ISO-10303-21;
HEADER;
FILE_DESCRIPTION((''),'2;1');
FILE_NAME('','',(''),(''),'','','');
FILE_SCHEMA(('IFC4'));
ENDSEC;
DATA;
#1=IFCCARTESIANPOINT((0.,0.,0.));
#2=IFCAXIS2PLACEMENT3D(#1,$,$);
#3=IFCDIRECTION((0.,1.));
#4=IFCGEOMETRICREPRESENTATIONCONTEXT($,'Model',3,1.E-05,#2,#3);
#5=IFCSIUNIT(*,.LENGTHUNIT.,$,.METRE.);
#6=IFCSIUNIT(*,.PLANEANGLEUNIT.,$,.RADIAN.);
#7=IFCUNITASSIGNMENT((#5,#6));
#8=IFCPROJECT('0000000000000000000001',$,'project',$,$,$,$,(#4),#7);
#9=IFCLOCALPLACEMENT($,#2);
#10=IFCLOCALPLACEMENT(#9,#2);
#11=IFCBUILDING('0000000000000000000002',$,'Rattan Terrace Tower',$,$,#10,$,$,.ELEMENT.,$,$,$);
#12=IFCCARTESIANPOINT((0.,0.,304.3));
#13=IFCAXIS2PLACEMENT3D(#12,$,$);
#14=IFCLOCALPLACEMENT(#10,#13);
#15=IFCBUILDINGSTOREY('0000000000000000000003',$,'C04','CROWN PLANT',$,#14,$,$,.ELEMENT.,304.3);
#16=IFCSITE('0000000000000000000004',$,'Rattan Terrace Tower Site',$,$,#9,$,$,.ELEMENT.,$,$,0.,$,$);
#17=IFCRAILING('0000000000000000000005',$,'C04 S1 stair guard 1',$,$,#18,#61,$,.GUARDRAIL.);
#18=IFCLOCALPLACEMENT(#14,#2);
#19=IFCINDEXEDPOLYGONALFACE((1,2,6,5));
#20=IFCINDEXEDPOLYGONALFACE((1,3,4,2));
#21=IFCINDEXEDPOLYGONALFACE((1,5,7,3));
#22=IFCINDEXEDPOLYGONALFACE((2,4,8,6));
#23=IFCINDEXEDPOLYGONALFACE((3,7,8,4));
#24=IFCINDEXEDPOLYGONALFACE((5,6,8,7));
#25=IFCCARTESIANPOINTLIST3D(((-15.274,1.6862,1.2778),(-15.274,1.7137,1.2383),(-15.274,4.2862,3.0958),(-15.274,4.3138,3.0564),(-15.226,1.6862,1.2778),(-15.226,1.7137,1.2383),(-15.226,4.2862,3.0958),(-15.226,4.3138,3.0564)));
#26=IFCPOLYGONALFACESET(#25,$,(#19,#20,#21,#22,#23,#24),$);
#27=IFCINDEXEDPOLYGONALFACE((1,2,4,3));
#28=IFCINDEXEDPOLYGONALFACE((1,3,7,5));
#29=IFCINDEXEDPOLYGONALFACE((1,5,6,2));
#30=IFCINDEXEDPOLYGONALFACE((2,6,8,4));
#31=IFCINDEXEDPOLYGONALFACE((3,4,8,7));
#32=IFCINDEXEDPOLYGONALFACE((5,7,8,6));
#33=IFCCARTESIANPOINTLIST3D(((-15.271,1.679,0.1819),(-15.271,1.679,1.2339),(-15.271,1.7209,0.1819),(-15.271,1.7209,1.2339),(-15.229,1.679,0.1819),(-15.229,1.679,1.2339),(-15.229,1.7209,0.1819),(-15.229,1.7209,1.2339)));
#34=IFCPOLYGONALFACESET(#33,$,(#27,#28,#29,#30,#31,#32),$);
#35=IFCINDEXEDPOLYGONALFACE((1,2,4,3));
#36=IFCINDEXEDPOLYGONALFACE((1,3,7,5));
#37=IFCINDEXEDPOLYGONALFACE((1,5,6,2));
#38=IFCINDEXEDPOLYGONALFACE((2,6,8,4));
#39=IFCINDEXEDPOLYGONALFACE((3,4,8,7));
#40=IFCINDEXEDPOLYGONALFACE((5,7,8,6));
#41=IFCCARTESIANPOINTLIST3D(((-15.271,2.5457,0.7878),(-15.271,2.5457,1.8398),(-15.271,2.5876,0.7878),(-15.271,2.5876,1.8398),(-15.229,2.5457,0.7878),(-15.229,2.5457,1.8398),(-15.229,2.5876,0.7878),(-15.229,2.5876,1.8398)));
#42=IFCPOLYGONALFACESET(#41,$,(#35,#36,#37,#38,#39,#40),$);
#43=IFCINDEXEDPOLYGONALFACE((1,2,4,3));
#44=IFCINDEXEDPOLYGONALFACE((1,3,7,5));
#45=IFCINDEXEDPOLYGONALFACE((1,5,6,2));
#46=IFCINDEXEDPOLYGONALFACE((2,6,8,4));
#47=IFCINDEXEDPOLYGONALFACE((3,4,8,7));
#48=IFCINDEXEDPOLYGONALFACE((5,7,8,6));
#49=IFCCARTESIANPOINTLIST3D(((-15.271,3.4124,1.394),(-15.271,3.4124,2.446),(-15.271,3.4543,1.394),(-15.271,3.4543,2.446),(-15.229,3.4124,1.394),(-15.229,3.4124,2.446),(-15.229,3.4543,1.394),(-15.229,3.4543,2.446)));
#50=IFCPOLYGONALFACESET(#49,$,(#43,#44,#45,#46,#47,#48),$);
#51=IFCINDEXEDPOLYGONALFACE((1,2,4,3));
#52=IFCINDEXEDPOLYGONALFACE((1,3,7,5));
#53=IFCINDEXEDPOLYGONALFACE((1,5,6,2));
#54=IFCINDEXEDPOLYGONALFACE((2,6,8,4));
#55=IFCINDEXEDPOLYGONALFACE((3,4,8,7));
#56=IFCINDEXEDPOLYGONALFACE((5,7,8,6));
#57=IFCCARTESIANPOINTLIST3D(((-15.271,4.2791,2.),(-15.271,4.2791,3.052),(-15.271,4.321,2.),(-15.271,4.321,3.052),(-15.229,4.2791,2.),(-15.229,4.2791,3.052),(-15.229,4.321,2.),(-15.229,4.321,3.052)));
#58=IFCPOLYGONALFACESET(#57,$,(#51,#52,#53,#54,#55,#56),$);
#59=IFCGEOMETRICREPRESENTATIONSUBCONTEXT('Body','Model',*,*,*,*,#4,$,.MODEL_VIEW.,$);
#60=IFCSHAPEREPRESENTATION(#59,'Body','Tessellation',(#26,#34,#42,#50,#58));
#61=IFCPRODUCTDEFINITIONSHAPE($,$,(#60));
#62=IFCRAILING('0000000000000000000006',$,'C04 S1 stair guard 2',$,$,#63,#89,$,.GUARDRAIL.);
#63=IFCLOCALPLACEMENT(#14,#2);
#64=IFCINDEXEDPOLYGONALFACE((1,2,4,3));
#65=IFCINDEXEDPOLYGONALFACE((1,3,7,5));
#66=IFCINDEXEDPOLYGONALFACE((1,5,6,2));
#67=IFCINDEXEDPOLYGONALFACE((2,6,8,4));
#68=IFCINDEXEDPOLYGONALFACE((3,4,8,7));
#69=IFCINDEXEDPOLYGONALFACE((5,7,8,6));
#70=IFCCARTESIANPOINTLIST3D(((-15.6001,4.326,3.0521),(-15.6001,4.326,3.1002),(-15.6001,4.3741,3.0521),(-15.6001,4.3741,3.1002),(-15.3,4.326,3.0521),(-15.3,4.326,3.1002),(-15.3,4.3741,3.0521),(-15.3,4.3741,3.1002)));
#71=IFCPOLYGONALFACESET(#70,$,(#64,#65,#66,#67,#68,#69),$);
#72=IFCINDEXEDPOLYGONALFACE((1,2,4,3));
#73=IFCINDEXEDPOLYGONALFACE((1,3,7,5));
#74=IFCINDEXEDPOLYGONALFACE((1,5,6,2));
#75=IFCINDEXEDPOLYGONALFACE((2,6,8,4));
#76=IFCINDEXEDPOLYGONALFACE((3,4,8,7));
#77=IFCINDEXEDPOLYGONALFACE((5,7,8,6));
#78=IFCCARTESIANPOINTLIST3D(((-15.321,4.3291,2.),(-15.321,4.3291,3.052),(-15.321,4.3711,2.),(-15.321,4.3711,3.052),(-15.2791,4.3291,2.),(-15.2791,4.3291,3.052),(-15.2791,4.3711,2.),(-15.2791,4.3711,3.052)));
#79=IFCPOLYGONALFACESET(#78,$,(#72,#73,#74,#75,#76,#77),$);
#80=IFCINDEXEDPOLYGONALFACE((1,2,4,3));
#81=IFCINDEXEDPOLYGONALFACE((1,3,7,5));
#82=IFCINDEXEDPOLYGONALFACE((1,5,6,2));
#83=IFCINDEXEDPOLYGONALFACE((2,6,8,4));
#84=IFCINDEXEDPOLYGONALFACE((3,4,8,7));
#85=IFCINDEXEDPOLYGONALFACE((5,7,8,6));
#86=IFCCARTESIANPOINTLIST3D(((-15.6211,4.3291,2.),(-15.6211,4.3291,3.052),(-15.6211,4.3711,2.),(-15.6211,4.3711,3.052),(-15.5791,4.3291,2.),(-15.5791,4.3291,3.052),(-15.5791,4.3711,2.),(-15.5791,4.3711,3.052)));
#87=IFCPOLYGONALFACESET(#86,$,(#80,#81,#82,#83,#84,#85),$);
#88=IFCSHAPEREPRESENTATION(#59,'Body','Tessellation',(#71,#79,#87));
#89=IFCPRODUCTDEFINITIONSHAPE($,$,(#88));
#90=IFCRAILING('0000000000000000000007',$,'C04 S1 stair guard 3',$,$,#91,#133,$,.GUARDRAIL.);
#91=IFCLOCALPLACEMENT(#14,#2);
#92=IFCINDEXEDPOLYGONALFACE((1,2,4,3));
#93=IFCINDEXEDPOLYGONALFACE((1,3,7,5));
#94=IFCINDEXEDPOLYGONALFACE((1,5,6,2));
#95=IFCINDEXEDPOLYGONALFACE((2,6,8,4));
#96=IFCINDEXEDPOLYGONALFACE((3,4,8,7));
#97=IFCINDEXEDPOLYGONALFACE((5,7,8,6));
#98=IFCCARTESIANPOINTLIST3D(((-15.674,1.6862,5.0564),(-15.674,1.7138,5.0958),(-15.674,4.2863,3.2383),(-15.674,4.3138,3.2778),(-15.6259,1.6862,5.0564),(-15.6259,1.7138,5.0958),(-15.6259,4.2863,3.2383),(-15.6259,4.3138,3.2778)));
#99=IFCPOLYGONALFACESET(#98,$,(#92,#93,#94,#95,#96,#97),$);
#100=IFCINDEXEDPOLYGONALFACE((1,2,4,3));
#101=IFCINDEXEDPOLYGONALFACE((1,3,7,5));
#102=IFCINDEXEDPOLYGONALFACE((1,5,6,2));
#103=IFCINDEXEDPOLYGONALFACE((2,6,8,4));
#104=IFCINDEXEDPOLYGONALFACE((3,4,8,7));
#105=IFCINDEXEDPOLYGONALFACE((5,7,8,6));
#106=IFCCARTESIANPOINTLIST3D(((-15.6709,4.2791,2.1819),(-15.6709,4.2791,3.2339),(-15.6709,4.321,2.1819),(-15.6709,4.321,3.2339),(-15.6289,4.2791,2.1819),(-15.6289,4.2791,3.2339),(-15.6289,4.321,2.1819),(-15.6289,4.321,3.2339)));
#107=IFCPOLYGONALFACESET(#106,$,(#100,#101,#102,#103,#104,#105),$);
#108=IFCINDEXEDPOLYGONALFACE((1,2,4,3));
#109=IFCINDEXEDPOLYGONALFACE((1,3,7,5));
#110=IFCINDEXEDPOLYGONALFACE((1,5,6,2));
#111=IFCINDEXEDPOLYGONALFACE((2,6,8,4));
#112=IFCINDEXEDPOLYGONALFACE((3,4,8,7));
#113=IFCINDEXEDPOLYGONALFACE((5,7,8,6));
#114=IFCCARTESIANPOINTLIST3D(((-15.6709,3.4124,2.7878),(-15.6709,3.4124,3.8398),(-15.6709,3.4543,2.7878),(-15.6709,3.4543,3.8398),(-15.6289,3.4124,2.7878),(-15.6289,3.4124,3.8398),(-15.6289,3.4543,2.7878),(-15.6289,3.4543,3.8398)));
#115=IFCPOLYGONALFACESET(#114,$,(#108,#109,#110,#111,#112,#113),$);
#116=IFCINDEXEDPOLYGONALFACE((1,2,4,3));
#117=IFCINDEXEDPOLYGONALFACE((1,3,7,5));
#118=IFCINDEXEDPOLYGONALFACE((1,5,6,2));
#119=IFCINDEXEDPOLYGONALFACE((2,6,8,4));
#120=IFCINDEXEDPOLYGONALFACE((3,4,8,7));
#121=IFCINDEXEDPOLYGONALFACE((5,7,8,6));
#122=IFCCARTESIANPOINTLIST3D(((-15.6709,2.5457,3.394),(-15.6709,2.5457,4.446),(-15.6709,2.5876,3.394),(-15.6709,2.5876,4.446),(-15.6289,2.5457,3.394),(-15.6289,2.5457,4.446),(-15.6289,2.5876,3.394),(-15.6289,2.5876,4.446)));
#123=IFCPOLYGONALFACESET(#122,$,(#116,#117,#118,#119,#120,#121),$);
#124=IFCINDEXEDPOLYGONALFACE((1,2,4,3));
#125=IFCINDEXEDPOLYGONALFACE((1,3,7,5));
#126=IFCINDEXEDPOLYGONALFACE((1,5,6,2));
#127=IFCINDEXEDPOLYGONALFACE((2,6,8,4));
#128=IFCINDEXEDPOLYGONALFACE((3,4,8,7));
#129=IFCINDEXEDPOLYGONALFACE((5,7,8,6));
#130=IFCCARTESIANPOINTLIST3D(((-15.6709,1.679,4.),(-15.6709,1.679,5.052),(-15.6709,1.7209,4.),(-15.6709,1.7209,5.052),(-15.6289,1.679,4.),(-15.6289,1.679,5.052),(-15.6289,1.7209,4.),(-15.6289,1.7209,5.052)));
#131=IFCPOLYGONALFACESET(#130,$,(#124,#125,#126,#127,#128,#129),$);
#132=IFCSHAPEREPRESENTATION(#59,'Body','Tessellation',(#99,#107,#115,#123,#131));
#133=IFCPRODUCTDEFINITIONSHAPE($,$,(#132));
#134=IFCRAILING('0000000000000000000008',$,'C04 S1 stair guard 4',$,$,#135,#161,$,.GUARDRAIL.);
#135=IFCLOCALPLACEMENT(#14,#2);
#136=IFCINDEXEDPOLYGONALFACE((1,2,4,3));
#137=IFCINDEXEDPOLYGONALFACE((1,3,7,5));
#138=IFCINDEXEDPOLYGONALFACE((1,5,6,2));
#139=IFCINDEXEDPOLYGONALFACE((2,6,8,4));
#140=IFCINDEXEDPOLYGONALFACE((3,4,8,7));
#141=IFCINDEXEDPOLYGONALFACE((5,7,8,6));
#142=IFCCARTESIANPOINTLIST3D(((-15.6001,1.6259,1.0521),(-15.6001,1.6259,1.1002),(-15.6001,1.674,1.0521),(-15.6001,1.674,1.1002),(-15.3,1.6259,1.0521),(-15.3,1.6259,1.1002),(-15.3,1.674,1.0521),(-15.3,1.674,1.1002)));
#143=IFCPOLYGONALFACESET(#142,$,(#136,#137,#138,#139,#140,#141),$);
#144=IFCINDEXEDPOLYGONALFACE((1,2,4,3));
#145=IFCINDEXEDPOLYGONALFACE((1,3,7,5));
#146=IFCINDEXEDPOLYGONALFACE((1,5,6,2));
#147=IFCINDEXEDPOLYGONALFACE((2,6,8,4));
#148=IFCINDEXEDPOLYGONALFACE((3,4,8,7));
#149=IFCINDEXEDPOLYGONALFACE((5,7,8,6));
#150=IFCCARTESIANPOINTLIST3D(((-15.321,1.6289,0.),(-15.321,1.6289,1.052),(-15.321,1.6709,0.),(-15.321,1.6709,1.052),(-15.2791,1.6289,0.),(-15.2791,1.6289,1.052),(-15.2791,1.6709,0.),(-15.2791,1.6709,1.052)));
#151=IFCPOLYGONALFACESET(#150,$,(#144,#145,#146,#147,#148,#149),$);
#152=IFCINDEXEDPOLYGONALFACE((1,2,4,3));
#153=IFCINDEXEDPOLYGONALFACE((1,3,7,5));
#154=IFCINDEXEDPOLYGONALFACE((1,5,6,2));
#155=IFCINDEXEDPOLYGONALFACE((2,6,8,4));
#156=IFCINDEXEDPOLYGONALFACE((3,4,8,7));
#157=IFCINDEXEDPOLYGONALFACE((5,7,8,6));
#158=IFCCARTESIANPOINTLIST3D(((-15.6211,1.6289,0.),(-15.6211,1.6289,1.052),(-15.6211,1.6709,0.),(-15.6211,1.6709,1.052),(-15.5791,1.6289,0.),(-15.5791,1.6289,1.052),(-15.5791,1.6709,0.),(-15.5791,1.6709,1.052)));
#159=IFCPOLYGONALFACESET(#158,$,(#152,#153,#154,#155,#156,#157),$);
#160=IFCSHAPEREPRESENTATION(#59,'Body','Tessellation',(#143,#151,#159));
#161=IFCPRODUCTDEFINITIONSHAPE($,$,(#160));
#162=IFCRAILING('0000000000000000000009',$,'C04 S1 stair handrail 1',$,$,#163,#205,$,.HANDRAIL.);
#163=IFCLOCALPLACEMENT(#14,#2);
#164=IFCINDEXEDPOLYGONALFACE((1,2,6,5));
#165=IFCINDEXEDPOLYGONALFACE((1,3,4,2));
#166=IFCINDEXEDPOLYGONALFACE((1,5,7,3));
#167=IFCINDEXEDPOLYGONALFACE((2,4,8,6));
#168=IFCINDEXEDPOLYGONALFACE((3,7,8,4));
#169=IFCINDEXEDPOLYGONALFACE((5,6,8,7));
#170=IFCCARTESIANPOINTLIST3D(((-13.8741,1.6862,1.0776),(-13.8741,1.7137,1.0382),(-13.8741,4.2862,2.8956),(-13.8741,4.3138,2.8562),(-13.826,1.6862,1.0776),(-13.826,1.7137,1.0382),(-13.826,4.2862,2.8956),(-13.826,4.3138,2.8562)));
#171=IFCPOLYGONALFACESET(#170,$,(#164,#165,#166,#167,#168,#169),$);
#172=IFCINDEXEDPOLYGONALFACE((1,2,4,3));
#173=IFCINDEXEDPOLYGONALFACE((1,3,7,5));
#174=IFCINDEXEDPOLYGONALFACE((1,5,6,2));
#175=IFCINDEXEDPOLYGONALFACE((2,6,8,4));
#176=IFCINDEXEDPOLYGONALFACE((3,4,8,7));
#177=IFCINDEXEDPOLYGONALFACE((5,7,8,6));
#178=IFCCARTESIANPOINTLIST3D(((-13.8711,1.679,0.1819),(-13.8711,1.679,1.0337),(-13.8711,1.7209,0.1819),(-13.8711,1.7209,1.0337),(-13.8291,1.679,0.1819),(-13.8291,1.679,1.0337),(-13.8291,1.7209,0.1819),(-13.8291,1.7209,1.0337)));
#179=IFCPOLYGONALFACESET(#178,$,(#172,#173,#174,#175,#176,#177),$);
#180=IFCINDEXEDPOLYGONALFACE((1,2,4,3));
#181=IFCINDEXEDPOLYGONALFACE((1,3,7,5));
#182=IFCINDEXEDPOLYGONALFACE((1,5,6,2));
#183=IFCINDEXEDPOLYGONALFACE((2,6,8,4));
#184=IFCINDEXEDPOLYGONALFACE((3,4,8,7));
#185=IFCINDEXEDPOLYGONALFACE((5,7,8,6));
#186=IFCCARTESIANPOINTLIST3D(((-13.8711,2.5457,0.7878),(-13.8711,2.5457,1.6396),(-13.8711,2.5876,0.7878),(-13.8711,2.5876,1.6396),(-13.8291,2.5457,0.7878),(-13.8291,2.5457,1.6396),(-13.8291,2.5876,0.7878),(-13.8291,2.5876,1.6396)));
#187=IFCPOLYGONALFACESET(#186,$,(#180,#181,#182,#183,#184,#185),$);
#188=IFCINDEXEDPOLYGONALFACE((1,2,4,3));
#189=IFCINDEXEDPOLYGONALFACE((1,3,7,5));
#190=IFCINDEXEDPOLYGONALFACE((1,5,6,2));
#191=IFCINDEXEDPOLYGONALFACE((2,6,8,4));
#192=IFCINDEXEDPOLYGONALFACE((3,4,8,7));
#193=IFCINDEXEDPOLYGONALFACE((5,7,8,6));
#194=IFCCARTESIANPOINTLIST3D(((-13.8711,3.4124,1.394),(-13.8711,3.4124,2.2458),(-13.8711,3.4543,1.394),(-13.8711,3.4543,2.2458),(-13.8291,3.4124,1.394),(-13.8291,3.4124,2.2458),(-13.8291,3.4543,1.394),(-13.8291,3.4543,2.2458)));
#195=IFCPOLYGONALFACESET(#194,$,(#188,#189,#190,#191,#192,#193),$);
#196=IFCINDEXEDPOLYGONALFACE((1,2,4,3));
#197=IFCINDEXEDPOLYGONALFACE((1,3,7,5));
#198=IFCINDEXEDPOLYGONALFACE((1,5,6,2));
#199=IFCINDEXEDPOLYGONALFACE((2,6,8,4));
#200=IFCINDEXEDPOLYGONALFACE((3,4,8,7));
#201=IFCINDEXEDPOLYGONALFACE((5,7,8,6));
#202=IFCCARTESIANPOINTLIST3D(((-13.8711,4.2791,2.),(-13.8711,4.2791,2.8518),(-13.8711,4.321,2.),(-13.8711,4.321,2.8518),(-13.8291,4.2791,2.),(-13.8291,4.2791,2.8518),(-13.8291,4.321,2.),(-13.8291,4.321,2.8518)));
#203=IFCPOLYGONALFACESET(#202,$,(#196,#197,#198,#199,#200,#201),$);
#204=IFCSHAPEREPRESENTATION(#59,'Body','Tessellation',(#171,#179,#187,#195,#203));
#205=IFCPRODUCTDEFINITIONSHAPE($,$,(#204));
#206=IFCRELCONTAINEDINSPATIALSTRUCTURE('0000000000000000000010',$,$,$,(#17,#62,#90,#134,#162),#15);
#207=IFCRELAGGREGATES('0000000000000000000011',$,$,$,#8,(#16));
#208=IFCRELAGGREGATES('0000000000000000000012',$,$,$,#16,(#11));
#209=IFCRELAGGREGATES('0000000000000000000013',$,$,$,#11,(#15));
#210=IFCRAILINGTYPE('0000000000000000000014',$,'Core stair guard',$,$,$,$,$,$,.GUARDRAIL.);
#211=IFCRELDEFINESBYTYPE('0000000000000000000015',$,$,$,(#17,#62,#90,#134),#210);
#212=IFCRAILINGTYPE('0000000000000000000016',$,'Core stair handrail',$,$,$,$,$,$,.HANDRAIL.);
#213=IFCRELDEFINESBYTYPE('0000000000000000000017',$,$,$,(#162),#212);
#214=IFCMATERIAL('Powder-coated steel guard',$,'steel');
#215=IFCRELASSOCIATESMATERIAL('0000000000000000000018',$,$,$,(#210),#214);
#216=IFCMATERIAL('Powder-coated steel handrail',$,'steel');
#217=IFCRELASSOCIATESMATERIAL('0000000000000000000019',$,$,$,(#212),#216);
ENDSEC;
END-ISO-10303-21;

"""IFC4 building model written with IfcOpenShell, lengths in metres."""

from ifc_helpers import new_model, si_unit, direction, frame, origin, origin_2d, place, context, subcontext, project, spatial, rectangle, extrude, material, type_object, element, save


model = new_model("IFC4")

# Units and contexts
model_context = context("Model", 3, precision=1e-05, world=origin(), true_north=direction((0.0, 1.0)))
body_context = subcontext(model_context, "Body", "Model", "MODEL_VIEW")
ifc_project = project(units=[si_unit("LENGTHUNIT", "METRE"), si_unit("PLANEANGLEUNIT", "RADIAN")], contexts=[model_context])

# Site, building, storey
site_placement = place(None, origin())
site = spatial("IfcSite", under=ifc_project, at=site_placement, Name="Rattan Terrace Tower Site", CompositionType="ELEMENT", RefElevation=0.0)
building_placement = place(site_placement, origin())
building = spatial("IfcBuilding", under=site, at=building_placement, Name="Rattan Terrace Tower", CompositionType="ELEMENT")
storey_placement = place(building_placement, frame((0.0, 0.0, 304.3)))
storey = spatial("IfcBuildingStorey", under=building, at=storey_placement, Name="C04", Description="CROWN PLANT", CompositionType="ELEMENT", Elevation=304.3)

# Railings
ifc_material_1 = material(Name="Powder-coated steel guard", Category="steel")
railing_type_1 = type_object("IfcRailingType", Name="Core stair guard", PredefinedType="GUARDRAIL", material=ifc_material_1)
railing_1_placement = place(storey_placement, frame((-15.25, 1.7, 0.1819)))
element("IfcRailing", 1, at=railing_1_placement, inside=storey, type_object=railing_type_1, Name="C04 S1 stair guard 1", PredefinedType="GUARDRAIL", context=body_context, shape_type="SweptSolid", body=[
    extrude(rectangle(XDim=0.0481, YDim=0.0481, at=origin_2d()), frame((0.0, 0.0, 1.0762), z_axis=(0.0, 0.819521, 0.573049), x_axis=(-1.0, 0.0, 0.0)), (0.0, 0.0, 1.0), 3.1726),
    extrude(rectangle(XDim=0.042, YDim=0.042, at=origin_2d()), origin(), (0.0, 0.0, 1.0), 1.052),
    extrude(rectangle(XDim=0.042, YDim=0.042, at=origin_2d()), frame((0.0, 0.8667, 0.606)), (0.0, 0.0, 1.0), 1.052),
    extrude(rectangle(XDim=0.042, YDim=0.042, at=origin_2d()), frame((0.0, 1.7334, 1.2122)), (0.0, 0.0, 1.0), 1.052),
    extrude(rectangle(XDim=0.042, YDim=0.042, at=origin_2d()), frame((0.0, 2.6001, 1.8181)), (0.0, 0.0, 1.0), 1.052),
])
railing_2_placement = place(storey_placement, frame((-15.3, 4.3501, 2.0)))
element("IfcRailing", 2, at=railing_2_placement, inside=storey, type_object=railing_type_1, Name="C04 S1 stair guard 2", PredefinedType="GUARDRAIL", context=body_context, shape_type="SweptSolid", body=[
    extrude(rectangle(XDim=0.0481, YDim=0.0481, at=origin_2d()), frame((0.0, 0.0, 1.0762), z_axis=(-1.0, 0.0, 0.0), x_axis=(0.0, -1.0, 0.0)), (0.0, 0.0, 1.0), 0.3),
    extrude(rectangle(XDim=0.042, YDim=0.042, at=origin_2d()), origin(), (0.0, 0.0, 1.0), 1.052),
    extrude(rectangle(XDim=0.042, YDim=0.042, at=origin_2d()), frame((-0.3, 0.0, 0.0)), (0.0, 0.0, 1.0), 1.052),
])
railing_3_placement = place(storey_placement, frame((-15.6499, 4.3, 2.1819)))
element("IfcRailing", 3, at=railing_3_placement, inside=storey, type_object=railing_type_1, Name="C04 S1 stair guard 3", PredefinedType="GUARDRAIL", context=body_context, shape_type="SweptSolid", body=[
    extrude(rectangle(XDim=0.0481, YDim=0.0481, at=origin_2d()), frame((0.0, 0.0, 1.0762), z_axis=(0.0, -0.819521, 0.573049), x_axis=(1.0, 0.0, 0.0)), (0.0, 0.0, 1.0), 3.1726),
    extrude(rectangle(XDim=0.042, YDim=0.042, at=origin_2d()), origin(), (0.0, 0.0, 1.0), 1.052),
    extrude(rectangle(XDim=0.042, YDim=0.042, at=origin_2d()), frame((0.0, -0.8667, 0.606)), (0.0, 0.0, 1.0), 1.052),
    extrude(rectangle(XDim=0.042, YDim=0.042, at=origin_2d()), frame((0.0, -1.7334, 1.2122)), (0.0, 0.0, 1.0), 1.052),
    extrude(rectangle(XDim=0.042, YDim=0.042, at=origin_2d()), frame((0.0, -2.6001, 1.8181)), (0.0, 0.0, 1.0), 1.052),
])
railing_4_placement = place(storey_placement, frame((-15.3, 1.6499, 0.0)))
element("IfcRailing", 4, at=railing_4_placement, inside=storey, type_object=railing_type_1, Name="C04 S1 stair guard 4", PredefinedType="GUARDRAIL", context=body_context, shape_type="SweptSolid", body=[
    extrude(rectangle(XDim=0.0481, YDim=0.0481, at=origin_2d()), frame((0.0, 0.0, 1.0762), z_axis=(-1.0, 0.0, 0.0), x_axis=(0.0, -1.0, 0.0)), (0.0, 0.0, 1.0), 0.3),
    extrude(rectangle(XDim=0.042, YDim=0.042, at=origin_2d()), origin(), (0.0, 0.0, 1.0), 1.052),
    extrude(rectangle(XDim=0.042, YDim=0.042, at=origin_2d()), frame((-0.3, 0.0, 0.0)), (0.0, 0.0, 1.0), 1.052),
])
ifc_material_2 = material(Name="Powder-coated steel handrail", Category="steel")
railing_type_2 = type_object("IfcRailingType", Name="Core stair handrail", PredefinedType="HANDRAIL", material=ifc_material_2)
railing_5_placement = place(storey_placement, frame((-13.8501, 1.7, 0.1819)))
element("IfcRailing", 5, at=railing_5_placement, inside=storey, type_object=railing_type_2, Name="C04 S1 stair handrail 1", PredefinedType="HANDRAIL", context=body_context, shape_type="SweptSolid", body=[
    extrude(rectangle(XDim=0.0481, YDim=0.0481, at=origin_2d()), frame((0.0, 0.0, 0.876), z_axis=(0.0, 0.819521, 0.573049), x_axis=(-1.0, 0.0, 0.0)), (0.0, 0.0, 1.0), 3.1726),
    extrude(rectangle(XDim=0.042, YDim=0.042, at=origin_2d()), origin(), (0.0, 0.0, 1.0), 0.8518),
    extrude(rectangle(XDim=0.042, YDim=0.042, at=origin_2d()), frame((0.0, 0.8667, 0.606)), (0.0, 0.0, 1.0), 0.8518),
    extrude(rectangle(XDim=0.042, YDim=0.042, at=origin_2d()), frame((0.0, 1.7334, 1.2122)), (0.0, 0.0, 1.0), 0.8518),
    extrude(rectangle(XDim=0.042, YDim=0.042, at=origin_2d()), frame((0.0, 2.6001, 1.8181)), (0.0, 0.0, 1.0), 0.8518),
])

save(model, "model.ifc")
